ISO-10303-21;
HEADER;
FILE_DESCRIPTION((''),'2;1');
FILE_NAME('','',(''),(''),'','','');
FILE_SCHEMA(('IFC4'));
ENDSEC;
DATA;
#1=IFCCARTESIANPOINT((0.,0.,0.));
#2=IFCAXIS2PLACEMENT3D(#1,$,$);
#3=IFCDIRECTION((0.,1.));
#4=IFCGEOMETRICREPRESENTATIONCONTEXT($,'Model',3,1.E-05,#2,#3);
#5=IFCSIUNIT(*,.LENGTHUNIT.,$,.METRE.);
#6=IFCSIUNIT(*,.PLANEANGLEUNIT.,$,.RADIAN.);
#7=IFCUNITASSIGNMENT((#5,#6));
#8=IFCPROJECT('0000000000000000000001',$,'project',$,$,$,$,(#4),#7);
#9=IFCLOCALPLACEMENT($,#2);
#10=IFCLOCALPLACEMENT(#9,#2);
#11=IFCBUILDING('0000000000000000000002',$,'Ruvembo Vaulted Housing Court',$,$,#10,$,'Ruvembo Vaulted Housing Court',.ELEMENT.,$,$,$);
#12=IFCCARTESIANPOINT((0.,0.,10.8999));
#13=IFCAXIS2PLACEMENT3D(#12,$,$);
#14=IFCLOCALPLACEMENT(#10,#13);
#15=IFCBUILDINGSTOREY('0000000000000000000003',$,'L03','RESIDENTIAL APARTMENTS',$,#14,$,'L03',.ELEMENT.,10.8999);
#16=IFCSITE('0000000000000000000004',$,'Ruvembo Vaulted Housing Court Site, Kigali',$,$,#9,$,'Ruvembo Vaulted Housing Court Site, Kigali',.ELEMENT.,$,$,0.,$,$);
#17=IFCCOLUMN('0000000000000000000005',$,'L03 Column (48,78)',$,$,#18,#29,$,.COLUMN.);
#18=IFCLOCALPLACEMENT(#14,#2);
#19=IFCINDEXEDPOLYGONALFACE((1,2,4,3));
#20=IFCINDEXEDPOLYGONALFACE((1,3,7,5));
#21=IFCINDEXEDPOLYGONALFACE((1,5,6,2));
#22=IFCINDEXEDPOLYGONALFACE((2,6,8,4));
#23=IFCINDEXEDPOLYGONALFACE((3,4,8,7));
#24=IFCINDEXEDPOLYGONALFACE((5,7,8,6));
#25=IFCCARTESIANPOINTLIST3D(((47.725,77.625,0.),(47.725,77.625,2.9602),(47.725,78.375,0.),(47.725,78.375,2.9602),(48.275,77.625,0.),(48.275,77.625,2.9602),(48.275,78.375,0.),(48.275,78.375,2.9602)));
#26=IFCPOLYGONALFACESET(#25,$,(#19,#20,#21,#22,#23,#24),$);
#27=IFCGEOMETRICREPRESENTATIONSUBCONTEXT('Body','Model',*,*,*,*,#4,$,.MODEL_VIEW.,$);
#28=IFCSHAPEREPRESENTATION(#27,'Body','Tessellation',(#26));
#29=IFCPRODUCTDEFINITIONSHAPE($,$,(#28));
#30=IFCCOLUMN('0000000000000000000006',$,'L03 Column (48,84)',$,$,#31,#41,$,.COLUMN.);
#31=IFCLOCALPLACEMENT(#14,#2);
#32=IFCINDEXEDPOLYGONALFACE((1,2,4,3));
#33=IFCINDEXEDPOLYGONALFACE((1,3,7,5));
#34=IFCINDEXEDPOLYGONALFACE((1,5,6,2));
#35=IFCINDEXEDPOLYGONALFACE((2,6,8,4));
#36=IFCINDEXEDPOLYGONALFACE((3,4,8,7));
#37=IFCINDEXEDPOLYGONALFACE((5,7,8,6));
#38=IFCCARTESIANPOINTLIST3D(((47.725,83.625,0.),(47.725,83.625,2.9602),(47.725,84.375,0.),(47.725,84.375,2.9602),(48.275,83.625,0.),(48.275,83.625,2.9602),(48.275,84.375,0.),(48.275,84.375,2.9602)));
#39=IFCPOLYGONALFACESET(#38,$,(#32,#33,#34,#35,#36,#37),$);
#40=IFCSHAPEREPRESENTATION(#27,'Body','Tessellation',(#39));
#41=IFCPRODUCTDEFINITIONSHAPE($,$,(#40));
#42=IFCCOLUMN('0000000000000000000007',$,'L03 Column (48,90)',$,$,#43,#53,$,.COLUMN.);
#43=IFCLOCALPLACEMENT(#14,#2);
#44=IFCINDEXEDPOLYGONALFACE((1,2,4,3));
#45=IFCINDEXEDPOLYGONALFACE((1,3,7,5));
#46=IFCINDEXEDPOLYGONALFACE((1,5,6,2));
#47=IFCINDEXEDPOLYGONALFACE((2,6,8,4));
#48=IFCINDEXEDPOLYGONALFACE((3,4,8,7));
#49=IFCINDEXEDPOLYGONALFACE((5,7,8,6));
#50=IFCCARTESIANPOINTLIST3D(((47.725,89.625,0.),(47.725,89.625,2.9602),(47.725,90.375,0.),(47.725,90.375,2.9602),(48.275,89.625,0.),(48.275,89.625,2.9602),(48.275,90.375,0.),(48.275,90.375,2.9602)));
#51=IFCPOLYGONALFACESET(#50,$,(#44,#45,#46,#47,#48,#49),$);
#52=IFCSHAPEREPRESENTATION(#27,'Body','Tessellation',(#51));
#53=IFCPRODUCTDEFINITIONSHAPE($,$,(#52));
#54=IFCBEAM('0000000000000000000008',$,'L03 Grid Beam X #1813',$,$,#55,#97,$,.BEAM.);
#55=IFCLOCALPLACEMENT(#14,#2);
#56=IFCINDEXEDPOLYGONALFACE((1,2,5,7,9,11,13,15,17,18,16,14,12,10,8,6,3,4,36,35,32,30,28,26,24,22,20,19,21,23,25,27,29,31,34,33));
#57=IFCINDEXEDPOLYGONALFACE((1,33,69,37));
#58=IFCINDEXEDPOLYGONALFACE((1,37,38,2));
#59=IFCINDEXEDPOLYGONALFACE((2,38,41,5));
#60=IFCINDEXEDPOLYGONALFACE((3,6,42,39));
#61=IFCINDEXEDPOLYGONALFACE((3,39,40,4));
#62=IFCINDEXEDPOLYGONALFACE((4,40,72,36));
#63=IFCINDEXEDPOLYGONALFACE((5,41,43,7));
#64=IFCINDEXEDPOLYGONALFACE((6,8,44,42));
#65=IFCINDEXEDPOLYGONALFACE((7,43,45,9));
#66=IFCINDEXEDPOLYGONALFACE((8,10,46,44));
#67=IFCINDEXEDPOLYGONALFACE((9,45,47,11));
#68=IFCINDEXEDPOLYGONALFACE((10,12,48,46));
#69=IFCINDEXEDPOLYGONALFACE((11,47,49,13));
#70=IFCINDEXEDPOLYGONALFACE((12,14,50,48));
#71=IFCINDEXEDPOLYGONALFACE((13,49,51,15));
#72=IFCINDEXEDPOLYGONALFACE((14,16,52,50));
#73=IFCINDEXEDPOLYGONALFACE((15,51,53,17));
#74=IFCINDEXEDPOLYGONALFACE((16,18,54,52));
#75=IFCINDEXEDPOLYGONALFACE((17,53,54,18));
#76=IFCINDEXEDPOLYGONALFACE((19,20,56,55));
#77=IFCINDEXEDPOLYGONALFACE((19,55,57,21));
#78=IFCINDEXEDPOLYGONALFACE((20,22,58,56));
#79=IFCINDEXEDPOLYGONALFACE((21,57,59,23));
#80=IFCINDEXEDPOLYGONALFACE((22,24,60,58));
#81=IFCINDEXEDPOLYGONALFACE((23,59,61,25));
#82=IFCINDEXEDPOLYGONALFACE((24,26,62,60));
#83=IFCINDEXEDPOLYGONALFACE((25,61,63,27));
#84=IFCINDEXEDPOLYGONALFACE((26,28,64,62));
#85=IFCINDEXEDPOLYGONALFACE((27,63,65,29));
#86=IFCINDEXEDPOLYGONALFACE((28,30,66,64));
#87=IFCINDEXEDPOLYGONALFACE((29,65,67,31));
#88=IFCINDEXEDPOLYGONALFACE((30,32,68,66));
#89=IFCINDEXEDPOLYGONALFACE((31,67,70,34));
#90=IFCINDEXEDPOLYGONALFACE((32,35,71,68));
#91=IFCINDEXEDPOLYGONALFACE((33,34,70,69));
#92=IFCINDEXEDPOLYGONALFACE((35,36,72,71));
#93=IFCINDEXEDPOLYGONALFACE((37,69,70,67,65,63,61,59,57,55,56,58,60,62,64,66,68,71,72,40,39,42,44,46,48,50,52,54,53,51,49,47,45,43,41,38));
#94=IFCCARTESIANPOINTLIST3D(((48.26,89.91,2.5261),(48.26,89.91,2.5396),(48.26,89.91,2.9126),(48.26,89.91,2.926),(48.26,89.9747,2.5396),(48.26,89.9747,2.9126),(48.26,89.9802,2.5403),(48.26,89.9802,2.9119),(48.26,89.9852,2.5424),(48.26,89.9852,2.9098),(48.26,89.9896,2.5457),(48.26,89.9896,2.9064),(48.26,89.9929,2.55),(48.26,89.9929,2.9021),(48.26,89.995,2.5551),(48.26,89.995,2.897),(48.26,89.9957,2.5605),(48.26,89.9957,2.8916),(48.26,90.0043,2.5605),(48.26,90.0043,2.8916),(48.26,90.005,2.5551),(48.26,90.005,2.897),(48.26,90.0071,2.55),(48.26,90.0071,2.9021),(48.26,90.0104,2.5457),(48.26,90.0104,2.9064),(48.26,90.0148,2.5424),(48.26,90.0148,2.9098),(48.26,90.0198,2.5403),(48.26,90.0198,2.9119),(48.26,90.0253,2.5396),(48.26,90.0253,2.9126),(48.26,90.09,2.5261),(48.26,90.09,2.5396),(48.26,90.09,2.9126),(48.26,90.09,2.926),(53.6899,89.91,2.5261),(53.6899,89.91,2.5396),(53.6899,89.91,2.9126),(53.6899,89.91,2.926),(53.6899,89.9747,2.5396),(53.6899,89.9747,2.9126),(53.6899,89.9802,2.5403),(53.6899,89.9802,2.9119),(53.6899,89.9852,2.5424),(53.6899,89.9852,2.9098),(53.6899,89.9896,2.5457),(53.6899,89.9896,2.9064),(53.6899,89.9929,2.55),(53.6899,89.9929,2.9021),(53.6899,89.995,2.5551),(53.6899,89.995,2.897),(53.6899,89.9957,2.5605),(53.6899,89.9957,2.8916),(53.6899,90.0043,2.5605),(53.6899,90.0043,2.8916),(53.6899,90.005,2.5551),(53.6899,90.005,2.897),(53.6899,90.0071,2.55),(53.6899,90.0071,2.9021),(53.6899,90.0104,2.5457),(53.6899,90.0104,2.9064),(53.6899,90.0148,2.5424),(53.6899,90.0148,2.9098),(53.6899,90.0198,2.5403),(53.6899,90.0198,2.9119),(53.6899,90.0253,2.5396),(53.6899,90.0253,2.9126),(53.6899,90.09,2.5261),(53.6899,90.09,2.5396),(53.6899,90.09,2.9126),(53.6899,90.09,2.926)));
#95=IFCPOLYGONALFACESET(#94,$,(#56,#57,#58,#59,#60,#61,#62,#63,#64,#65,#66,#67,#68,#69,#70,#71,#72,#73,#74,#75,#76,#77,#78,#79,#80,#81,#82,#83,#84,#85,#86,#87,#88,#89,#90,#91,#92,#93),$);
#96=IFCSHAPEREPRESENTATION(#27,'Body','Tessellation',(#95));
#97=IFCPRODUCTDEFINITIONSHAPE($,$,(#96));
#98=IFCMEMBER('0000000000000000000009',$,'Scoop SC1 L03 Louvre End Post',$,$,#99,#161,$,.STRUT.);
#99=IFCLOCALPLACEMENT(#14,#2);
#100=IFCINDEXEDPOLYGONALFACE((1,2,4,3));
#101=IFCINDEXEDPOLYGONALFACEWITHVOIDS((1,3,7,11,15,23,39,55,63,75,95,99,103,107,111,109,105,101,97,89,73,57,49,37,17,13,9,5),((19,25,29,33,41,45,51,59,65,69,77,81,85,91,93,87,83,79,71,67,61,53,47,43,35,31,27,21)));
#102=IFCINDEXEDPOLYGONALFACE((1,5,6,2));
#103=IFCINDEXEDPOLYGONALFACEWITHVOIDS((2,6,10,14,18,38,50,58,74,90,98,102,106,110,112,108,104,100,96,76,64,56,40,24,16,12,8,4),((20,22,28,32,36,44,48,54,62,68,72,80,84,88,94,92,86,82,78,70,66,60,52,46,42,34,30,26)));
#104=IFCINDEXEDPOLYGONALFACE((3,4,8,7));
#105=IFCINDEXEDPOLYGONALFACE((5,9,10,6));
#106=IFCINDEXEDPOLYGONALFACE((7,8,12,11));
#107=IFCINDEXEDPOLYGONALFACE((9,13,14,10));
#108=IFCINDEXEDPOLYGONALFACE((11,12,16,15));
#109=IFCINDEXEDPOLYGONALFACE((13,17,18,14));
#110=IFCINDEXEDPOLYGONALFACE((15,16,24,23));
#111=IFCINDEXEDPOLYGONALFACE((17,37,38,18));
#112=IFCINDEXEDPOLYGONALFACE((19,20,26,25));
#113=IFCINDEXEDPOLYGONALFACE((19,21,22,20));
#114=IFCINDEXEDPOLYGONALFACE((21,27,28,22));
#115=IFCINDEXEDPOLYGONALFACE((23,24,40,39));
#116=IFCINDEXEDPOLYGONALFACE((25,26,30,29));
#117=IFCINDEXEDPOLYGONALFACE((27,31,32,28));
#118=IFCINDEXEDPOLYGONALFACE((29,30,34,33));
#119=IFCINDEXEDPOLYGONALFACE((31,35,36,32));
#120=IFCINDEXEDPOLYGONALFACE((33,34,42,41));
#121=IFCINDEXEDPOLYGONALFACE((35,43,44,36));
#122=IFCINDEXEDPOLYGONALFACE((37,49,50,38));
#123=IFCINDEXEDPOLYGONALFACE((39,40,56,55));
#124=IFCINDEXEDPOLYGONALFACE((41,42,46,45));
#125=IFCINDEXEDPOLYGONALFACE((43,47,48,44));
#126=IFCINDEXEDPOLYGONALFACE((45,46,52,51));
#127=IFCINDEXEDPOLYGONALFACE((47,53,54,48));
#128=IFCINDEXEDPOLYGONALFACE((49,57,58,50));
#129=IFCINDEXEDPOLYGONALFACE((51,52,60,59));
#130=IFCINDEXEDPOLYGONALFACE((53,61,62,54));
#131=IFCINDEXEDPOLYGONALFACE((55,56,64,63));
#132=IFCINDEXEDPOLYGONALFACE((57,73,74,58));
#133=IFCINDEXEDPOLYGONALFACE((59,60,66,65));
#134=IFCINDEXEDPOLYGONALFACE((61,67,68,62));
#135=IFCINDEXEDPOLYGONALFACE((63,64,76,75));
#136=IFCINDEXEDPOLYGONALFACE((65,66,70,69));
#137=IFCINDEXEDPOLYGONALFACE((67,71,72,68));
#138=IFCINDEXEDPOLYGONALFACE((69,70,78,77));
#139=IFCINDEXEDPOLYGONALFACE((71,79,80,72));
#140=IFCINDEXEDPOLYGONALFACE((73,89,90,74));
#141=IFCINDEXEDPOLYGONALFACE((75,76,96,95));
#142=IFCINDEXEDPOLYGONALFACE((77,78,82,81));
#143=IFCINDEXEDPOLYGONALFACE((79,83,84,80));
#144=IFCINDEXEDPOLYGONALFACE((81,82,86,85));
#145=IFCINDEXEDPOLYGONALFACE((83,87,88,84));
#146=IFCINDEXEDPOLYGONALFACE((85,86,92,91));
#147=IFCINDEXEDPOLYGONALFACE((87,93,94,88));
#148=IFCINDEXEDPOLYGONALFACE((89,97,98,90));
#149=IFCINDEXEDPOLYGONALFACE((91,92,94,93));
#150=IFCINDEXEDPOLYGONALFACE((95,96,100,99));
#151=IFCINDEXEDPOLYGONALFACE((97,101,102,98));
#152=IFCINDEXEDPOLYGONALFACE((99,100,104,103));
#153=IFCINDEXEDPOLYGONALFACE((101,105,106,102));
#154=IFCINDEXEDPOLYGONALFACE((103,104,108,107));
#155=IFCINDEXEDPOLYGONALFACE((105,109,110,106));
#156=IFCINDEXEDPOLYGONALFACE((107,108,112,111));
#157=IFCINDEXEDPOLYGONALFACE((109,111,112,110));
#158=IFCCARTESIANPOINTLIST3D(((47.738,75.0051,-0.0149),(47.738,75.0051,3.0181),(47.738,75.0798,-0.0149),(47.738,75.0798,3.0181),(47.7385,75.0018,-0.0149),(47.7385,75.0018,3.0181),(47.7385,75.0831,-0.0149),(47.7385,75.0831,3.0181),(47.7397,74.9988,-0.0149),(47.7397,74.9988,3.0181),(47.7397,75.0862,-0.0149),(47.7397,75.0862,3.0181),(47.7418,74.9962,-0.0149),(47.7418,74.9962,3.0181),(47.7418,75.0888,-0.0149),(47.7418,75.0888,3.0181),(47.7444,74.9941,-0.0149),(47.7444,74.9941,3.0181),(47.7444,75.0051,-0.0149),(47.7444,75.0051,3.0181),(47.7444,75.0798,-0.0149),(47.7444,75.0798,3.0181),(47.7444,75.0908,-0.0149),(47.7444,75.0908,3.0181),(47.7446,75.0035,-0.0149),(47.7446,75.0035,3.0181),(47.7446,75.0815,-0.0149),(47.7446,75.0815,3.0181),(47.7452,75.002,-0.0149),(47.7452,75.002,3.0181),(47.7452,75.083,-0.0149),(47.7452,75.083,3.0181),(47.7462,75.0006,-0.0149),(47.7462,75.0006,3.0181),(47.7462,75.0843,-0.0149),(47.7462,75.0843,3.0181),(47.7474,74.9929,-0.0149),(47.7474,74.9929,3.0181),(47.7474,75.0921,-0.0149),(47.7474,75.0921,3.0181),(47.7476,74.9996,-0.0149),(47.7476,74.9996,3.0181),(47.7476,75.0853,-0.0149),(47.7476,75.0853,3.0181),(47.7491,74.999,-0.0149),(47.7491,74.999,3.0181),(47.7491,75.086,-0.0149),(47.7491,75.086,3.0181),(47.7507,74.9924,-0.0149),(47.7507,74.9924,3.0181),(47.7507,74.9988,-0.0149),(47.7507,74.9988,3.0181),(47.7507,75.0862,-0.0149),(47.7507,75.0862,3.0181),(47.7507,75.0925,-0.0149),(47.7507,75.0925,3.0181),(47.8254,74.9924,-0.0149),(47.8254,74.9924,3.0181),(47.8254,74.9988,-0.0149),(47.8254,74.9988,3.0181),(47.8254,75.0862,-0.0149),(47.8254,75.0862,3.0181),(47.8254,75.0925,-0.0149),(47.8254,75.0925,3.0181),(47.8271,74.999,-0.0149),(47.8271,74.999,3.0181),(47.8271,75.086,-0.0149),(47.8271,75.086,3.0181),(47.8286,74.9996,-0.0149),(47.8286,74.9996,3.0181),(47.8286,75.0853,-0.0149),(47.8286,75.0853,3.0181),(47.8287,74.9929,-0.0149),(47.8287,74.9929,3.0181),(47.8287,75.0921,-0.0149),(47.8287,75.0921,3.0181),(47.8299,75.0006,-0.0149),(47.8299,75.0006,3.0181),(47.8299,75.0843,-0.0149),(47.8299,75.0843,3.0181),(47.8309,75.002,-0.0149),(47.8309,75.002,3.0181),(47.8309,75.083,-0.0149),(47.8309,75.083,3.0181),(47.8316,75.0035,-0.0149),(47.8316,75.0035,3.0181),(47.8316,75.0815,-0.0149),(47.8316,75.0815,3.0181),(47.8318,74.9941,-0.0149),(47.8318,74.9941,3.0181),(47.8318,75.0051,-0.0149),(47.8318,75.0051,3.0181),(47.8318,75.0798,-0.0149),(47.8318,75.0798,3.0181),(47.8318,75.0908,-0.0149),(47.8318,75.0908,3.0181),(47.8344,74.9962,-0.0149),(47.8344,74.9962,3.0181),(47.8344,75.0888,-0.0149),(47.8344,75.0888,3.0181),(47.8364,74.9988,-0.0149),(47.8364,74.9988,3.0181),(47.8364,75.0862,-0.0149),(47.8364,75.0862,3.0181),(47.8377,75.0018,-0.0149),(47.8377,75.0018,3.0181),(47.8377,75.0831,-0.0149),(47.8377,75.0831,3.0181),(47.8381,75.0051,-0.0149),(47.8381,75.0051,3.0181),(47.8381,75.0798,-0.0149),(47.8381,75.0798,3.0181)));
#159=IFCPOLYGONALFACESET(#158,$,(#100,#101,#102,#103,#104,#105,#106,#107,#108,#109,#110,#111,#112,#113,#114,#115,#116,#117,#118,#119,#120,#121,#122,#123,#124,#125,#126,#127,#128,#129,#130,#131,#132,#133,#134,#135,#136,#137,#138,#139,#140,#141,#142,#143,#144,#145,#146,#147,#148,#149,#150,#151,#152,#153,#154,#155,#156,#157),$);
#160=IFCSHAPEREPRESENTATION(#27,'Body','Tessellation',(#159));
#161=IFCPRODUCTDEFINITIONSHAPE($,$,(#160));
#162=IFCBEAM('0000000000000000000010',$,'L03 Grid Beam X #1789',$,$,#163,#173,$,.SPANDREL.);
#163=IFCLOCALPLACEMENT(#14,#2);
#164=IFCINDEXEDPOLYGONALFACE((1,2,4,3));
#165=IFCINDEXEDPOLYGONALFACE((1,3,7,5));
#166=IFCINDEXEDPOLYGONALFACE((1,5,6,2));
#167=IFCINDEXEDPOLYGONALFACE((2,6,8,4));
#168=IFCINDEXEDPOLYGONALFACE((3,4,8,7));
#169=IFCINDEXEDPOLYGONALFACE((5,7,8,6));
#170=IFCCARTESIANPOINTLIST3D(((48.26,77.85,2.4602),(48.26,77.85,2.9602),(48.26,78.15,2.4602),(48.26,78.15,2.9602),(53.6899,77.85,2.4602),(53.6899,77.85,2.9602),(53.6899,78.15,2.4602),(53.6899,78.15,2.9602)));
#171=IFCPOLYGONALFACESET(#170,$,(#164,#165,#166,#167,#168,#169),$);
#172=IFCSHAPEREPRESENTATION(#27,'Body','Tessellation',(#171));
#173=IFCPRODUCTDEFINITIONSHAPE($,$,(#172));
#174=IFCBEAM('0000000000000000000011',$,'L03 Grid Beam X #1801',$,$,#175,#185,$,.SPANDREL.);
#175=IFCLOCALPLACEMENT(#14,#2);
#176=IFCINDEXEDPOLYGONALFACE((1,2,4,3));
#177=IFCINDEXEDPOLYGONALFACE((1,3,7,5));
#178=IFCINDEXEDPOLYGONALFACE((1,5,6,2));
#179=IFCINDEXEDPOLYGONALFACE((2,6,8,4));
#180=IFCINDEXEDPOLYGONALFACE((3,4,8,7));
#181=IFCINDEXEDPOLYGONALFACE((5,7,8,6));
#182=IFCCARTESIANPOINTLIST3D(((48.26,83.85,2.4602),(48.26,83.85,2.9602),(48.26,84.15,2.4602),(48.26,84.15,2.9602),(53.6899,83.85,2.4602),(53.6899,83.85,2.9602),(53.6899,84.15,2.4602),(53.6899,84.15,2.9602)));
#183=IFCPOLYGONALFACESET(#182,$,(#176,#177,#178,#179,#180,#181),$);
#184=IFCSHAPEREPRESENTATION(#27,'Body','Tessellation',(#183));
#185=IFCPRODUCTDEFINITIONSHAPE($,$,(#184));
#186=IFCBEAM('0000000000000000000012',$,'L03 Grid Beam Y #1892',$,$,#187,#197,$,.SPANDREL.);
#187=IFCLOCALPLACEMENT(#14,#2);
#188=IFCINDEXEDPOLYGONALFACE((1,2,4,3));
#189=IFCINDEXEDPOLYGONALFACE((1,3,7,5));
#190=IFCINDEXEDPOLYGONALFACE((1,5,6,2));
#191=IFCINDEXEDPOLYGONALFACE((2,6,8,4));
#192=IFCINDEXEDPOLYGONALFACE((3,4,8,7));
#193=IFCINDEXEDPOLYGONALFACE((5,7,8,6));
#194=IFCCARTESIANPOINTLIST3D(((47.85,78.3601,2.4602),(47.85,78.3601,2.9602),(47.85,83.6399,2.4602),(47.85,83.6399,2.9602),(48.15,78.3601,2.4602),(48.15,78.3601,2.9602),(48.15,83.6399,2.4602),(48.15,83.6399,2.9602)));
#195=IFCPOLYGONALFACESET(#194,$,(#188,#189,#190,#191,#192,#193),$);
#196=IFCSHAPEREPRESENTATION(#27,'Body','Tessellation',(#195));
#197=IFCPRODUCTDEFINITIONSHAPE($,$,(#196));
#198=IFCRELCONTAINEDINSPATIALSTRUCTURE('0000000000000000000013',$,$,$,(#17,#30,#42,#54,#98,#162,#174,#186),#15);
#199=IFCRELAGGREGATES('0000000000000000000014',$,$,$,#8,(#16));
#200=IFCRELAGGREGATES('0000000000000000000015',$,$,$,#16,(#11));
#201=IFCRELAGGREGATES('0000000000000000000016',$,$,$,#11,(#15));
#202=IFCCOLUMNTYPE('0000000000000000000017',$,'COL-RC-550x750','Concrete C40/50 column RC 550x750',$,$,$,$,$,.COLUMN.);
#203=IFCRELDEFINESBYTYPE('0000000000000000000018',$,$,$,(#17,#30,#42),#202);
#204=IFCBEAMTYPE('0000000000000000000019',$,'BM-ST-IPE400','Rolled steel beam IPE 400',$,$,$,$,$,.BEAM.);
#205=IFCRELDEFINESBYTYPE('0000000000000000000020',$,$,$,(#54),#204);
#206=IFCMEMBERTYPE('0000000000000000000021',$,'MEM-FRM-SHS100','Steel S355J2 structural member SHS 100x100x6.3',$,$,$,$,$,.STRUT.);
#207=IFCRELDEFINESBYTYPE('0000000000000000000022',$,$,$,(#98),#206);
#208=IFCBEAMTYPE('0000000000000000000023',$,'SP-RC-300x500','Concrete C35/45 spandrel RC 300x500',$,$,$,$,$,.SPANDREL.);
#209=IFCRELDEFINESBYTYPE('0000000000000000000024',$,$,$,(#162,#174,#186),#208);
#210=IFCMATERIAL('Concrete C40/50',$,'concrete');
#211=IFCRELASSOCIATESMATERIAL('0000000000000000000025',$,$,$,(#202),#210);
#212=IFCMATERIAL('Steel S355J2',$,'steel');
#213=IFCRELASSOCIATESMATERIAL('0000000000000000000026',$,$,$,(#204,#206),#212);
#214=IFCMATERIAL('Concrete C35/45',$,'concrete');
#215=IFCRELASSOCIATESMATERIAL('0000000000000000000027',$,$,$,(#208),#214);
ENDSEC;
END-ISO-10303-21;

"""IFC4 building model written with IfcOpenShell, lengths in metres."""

from ifc_helpers import new_model, si_unit, direction, frame, origin, origin_2d, place, context, subcontext, project, spatial, rectangle, hollow_rectangle, i_section, extrude, material, material_profile, profile_set, type_object, element, save


model = new_model("IFC4")

# Units and contexts
model_context = context("Model", 3, precision=1e-05, world=origin(), true_north=direction((0.0, 1.0)))
body_context = subcontext(model_context, "Body", "Model", "MODEL_VIEW")
ifc_project = project(units=[si_unit("LENGTHUNIT", "METRE"), si_unit("PLANEANGLEUNIT", "RADIAN")], contexts=[model_context])

# Site, building, storey
site_placement = place(None, origin())
site = spatial("IfcSite", under=ifc_project, at=site_placement, Name="Ruvembo Vaulted Housing Court Site, Kigali", LongName="Ruvembo Vaulted Housing Court Site, Kigali", CompositionType="ELEMENT", RefElevation=0.0)
building_placement = place(site_placement, origin())
building = spatial("IfcBuilding", under=site, at=building_placement, Name="Ruvembo Vaulted Housing Court", LongName="Ruvembo Vaulted Housing Court", CompositionType="ELEMENT")
storey_placement = place(building_placement, frame((0.0, 0.0, 10.8999)))
storey = spatial("IfcBuildingStorey", under=building, at=storey_placement, Name="L03", Description="RESIDENTIAL APARTMENTS", LongName="L03", CompositionType="ELEMENT", Elevation=10.8999)

# Columns
ifc_material_1 = material(Name="Concrete C40/50", Category="concrete")
ifc_material_profile_1 = material_profile(ifc_material_1, rectangle(XDim=0.55, YDim=0.75, at=origin_2d()), Name="RC 550x750")
ifc_profile_set_1 = profile_set([ifc_material_profile_1], Name="Concrete C40/50")
column_type = type_object("IfcColumnType", Name="COL-RC-550x750", Description="Concrete C40/50 column RC 550x750", PredefinedType="COLUMN", material=ifc_profile_set_1)
for number, where, z_axis, x_axis, name in (
    (1, (48.0, 78.0, 0.0), (0.0, 0.0, 1.0), (1.0, 0.0, 0.0), "L03 Column (48,78)"),
    (2, (48.0, 84.0, 0.0), (0.0, 0.0, 1.0), (1.0, 0.0, 0.0), "L03 Column (48,84)"),
    (3, (48.0, 90.0, 0.0), (0.0, 0.0, 1.0), (1.0, 0.0, 0.0), "L03 Column (48,90)"),
):
    element("IfcColumn", number, at=place(storey_placement, frame(where, z_axis=z_axis, x_axis=x_axis)), inside=storey, type_object=column_type, Name=name, PredefinedType="COLUMN", context=body_context, shape_type="SweptSolid", body=[
        extrude(rectangle(XDim=0.55, YDim=0.75, at=origin_2d()), origin(), (0.0, 0.0, 1.0), 2.9602),
    ])

# Beam
ifc_material_2 = material(Name="Steel S355J2", Category="steel")
ifc_material_profile_2 = material_profile(ifc_material_2, i_section(OverallWidth=0.1799, OverallDepth=0.3999, WebThickness=0.0085, FlangeThickness=0.0134, FilletRadius=0.021, at=origin_2d()), Name="IPE 400")
ifc_profile_set_2 = profile_set([ifc_material_profile_2], Name="Steel S355J2")
beam_type_1 = type_object("IfcBeamType", Name="BM-ST-IPE400", Description="Rolled steel beam IPE 400", PredefinedType="BEAM", material=ifc_profile_set_2)
beam_placement = place(storey_placement, frame((48.26, 90.0, 2.7261), z_axis=(1.0, 0.0, 0.0), x_axis=(0.0, 1.0, 0.0)))
element("IfcBeam", 4, at=beam_placement, inside=storey, type_object=beam_type_1, Name="L03 Grid Beam X #1813", PredefinedType="BEAM", context=body_context, shape_type="SweptSolid", body=[
    extrude(i_section(OverallWidth=0.1799, OverallDepth=0.3999, WebThickness=0.0085, FlangeThickness=0.0134, FilletRadius=0.021, at=origin_2d()), origin(), (0.0, 0.0, 1.0), 5.4299),
])

# Member
ifc_material_profile_3 = material_profile(ifc_material_2, hollow_rectangle(XDim=0.1001, YDim=0.1001, WallThickness=0.0063, InnerFilletRadius=0.0063, OuterFilletRadius=0.0127, at=origin_2d()), Name="SHS 100x100x6.3")
ifc_profile_set_3 = profile_set([ifc_material_profile_3], Name="Steel S355J2")
member_type = type_object("IfcMemberType", Name="MEM-FRM-SHS100", Description="Steel S355J2 structural member SHS 100x100x6.3", PredefinedType="STRUT", material=ifc_profile_set_3)
member_placement = place(storey_placement, frame((47.7881, 75.0425, -0.0149), z_axis=(0.0, 0.0, 1.0), x_axis=(1.0, 0.0, 0.0)))
element("IfcMember", 5, at=member_placement, inside=storey, type_object=member_type, Name="Scoop SC1 L03 Louvre End Post", PredefinedType="STRUT", context=body_context, shape_type="SweptSolid", body=[
    extrude(hollow_rectangle(XDim=0.1001, YDim=0.1001, WallThickness=0.0063, InnerFilletRadius=0.0063, OuterFilletRadius=0.0127, at=origin_2d()), origin(), (0.0, 0.0, 1.0), 3.033),
])

# Beams
ifc_material_3 = material(Name="Concrete C35/45", Category="concrete")
ifc_material_profile_4 = material_profile(ifc_material_3, rectangle(XDim=0.3, YDim=0.5, at=origin_2d()), Name="RC 300x500")
ifc_profile_set_4 = profile_set([ifc_material_profile_4], Name="Concrete C35/45")
beam_type_2 = type_object("IfcBeamType", Name="SP-RC-300x500", Description="Concrete C35/45 spandrel RC 300x500", PredefinedType="SPANDREL", material=ifc_profile_set_4)
for number, where, z_axis, x_axis, name in (
    (6, (48.26, 78.0, 2.7102), (1.0, 0.0, 0.0), (0.0, 1.0, 0.0), "L03 Grid Beam X #1789"),
    (7, (48.26, 84.0, 2.7102), (1.0, 0.0, 0.0), (0.0, 1.0, 0.0), "L03 Grid Beam X #1801"),
):
    element("IfcBeam", number, at=place(storey_placement, frame(where, z_axis=z_axis, x_axis=x_axis)), inside=storey, type_object=beam_type_2, Name=name, PredefinedType="SPANDREL", context=body_context, shape_type="SweptSolid", body=[
        extrude(rectangle(XDim=0.3, YDim=0.5, at=origin_2d()), origin(), (0.0, 0.0, 1.0), 5.4299),
    ])
for number, where, z_axis, x_axis, name in (
    (8, (48.0, 78.3601, 2.7102), (0.0, 1.0, 0.0), (-1.0, 0.0, 0.0), "L03 Grid Beam Y #1892"),
):
    element("IfcBeam", number, at=place(storey_placement, frame(where, z_axis=z_axis, x_axis=x_axis)), inside=storey, type_object=beam_type_2, Name=name, PredefinedType="SPANDREL", context=body_context, shape_type="SweptSolid", body=[
        extrude(rectangle(XDim=0.3, YDim=0.5, at=origin_2d()), origin(), (0.0, 0.0, 1.0), 5.2798),
    ])

save(model, "model.ifc")
